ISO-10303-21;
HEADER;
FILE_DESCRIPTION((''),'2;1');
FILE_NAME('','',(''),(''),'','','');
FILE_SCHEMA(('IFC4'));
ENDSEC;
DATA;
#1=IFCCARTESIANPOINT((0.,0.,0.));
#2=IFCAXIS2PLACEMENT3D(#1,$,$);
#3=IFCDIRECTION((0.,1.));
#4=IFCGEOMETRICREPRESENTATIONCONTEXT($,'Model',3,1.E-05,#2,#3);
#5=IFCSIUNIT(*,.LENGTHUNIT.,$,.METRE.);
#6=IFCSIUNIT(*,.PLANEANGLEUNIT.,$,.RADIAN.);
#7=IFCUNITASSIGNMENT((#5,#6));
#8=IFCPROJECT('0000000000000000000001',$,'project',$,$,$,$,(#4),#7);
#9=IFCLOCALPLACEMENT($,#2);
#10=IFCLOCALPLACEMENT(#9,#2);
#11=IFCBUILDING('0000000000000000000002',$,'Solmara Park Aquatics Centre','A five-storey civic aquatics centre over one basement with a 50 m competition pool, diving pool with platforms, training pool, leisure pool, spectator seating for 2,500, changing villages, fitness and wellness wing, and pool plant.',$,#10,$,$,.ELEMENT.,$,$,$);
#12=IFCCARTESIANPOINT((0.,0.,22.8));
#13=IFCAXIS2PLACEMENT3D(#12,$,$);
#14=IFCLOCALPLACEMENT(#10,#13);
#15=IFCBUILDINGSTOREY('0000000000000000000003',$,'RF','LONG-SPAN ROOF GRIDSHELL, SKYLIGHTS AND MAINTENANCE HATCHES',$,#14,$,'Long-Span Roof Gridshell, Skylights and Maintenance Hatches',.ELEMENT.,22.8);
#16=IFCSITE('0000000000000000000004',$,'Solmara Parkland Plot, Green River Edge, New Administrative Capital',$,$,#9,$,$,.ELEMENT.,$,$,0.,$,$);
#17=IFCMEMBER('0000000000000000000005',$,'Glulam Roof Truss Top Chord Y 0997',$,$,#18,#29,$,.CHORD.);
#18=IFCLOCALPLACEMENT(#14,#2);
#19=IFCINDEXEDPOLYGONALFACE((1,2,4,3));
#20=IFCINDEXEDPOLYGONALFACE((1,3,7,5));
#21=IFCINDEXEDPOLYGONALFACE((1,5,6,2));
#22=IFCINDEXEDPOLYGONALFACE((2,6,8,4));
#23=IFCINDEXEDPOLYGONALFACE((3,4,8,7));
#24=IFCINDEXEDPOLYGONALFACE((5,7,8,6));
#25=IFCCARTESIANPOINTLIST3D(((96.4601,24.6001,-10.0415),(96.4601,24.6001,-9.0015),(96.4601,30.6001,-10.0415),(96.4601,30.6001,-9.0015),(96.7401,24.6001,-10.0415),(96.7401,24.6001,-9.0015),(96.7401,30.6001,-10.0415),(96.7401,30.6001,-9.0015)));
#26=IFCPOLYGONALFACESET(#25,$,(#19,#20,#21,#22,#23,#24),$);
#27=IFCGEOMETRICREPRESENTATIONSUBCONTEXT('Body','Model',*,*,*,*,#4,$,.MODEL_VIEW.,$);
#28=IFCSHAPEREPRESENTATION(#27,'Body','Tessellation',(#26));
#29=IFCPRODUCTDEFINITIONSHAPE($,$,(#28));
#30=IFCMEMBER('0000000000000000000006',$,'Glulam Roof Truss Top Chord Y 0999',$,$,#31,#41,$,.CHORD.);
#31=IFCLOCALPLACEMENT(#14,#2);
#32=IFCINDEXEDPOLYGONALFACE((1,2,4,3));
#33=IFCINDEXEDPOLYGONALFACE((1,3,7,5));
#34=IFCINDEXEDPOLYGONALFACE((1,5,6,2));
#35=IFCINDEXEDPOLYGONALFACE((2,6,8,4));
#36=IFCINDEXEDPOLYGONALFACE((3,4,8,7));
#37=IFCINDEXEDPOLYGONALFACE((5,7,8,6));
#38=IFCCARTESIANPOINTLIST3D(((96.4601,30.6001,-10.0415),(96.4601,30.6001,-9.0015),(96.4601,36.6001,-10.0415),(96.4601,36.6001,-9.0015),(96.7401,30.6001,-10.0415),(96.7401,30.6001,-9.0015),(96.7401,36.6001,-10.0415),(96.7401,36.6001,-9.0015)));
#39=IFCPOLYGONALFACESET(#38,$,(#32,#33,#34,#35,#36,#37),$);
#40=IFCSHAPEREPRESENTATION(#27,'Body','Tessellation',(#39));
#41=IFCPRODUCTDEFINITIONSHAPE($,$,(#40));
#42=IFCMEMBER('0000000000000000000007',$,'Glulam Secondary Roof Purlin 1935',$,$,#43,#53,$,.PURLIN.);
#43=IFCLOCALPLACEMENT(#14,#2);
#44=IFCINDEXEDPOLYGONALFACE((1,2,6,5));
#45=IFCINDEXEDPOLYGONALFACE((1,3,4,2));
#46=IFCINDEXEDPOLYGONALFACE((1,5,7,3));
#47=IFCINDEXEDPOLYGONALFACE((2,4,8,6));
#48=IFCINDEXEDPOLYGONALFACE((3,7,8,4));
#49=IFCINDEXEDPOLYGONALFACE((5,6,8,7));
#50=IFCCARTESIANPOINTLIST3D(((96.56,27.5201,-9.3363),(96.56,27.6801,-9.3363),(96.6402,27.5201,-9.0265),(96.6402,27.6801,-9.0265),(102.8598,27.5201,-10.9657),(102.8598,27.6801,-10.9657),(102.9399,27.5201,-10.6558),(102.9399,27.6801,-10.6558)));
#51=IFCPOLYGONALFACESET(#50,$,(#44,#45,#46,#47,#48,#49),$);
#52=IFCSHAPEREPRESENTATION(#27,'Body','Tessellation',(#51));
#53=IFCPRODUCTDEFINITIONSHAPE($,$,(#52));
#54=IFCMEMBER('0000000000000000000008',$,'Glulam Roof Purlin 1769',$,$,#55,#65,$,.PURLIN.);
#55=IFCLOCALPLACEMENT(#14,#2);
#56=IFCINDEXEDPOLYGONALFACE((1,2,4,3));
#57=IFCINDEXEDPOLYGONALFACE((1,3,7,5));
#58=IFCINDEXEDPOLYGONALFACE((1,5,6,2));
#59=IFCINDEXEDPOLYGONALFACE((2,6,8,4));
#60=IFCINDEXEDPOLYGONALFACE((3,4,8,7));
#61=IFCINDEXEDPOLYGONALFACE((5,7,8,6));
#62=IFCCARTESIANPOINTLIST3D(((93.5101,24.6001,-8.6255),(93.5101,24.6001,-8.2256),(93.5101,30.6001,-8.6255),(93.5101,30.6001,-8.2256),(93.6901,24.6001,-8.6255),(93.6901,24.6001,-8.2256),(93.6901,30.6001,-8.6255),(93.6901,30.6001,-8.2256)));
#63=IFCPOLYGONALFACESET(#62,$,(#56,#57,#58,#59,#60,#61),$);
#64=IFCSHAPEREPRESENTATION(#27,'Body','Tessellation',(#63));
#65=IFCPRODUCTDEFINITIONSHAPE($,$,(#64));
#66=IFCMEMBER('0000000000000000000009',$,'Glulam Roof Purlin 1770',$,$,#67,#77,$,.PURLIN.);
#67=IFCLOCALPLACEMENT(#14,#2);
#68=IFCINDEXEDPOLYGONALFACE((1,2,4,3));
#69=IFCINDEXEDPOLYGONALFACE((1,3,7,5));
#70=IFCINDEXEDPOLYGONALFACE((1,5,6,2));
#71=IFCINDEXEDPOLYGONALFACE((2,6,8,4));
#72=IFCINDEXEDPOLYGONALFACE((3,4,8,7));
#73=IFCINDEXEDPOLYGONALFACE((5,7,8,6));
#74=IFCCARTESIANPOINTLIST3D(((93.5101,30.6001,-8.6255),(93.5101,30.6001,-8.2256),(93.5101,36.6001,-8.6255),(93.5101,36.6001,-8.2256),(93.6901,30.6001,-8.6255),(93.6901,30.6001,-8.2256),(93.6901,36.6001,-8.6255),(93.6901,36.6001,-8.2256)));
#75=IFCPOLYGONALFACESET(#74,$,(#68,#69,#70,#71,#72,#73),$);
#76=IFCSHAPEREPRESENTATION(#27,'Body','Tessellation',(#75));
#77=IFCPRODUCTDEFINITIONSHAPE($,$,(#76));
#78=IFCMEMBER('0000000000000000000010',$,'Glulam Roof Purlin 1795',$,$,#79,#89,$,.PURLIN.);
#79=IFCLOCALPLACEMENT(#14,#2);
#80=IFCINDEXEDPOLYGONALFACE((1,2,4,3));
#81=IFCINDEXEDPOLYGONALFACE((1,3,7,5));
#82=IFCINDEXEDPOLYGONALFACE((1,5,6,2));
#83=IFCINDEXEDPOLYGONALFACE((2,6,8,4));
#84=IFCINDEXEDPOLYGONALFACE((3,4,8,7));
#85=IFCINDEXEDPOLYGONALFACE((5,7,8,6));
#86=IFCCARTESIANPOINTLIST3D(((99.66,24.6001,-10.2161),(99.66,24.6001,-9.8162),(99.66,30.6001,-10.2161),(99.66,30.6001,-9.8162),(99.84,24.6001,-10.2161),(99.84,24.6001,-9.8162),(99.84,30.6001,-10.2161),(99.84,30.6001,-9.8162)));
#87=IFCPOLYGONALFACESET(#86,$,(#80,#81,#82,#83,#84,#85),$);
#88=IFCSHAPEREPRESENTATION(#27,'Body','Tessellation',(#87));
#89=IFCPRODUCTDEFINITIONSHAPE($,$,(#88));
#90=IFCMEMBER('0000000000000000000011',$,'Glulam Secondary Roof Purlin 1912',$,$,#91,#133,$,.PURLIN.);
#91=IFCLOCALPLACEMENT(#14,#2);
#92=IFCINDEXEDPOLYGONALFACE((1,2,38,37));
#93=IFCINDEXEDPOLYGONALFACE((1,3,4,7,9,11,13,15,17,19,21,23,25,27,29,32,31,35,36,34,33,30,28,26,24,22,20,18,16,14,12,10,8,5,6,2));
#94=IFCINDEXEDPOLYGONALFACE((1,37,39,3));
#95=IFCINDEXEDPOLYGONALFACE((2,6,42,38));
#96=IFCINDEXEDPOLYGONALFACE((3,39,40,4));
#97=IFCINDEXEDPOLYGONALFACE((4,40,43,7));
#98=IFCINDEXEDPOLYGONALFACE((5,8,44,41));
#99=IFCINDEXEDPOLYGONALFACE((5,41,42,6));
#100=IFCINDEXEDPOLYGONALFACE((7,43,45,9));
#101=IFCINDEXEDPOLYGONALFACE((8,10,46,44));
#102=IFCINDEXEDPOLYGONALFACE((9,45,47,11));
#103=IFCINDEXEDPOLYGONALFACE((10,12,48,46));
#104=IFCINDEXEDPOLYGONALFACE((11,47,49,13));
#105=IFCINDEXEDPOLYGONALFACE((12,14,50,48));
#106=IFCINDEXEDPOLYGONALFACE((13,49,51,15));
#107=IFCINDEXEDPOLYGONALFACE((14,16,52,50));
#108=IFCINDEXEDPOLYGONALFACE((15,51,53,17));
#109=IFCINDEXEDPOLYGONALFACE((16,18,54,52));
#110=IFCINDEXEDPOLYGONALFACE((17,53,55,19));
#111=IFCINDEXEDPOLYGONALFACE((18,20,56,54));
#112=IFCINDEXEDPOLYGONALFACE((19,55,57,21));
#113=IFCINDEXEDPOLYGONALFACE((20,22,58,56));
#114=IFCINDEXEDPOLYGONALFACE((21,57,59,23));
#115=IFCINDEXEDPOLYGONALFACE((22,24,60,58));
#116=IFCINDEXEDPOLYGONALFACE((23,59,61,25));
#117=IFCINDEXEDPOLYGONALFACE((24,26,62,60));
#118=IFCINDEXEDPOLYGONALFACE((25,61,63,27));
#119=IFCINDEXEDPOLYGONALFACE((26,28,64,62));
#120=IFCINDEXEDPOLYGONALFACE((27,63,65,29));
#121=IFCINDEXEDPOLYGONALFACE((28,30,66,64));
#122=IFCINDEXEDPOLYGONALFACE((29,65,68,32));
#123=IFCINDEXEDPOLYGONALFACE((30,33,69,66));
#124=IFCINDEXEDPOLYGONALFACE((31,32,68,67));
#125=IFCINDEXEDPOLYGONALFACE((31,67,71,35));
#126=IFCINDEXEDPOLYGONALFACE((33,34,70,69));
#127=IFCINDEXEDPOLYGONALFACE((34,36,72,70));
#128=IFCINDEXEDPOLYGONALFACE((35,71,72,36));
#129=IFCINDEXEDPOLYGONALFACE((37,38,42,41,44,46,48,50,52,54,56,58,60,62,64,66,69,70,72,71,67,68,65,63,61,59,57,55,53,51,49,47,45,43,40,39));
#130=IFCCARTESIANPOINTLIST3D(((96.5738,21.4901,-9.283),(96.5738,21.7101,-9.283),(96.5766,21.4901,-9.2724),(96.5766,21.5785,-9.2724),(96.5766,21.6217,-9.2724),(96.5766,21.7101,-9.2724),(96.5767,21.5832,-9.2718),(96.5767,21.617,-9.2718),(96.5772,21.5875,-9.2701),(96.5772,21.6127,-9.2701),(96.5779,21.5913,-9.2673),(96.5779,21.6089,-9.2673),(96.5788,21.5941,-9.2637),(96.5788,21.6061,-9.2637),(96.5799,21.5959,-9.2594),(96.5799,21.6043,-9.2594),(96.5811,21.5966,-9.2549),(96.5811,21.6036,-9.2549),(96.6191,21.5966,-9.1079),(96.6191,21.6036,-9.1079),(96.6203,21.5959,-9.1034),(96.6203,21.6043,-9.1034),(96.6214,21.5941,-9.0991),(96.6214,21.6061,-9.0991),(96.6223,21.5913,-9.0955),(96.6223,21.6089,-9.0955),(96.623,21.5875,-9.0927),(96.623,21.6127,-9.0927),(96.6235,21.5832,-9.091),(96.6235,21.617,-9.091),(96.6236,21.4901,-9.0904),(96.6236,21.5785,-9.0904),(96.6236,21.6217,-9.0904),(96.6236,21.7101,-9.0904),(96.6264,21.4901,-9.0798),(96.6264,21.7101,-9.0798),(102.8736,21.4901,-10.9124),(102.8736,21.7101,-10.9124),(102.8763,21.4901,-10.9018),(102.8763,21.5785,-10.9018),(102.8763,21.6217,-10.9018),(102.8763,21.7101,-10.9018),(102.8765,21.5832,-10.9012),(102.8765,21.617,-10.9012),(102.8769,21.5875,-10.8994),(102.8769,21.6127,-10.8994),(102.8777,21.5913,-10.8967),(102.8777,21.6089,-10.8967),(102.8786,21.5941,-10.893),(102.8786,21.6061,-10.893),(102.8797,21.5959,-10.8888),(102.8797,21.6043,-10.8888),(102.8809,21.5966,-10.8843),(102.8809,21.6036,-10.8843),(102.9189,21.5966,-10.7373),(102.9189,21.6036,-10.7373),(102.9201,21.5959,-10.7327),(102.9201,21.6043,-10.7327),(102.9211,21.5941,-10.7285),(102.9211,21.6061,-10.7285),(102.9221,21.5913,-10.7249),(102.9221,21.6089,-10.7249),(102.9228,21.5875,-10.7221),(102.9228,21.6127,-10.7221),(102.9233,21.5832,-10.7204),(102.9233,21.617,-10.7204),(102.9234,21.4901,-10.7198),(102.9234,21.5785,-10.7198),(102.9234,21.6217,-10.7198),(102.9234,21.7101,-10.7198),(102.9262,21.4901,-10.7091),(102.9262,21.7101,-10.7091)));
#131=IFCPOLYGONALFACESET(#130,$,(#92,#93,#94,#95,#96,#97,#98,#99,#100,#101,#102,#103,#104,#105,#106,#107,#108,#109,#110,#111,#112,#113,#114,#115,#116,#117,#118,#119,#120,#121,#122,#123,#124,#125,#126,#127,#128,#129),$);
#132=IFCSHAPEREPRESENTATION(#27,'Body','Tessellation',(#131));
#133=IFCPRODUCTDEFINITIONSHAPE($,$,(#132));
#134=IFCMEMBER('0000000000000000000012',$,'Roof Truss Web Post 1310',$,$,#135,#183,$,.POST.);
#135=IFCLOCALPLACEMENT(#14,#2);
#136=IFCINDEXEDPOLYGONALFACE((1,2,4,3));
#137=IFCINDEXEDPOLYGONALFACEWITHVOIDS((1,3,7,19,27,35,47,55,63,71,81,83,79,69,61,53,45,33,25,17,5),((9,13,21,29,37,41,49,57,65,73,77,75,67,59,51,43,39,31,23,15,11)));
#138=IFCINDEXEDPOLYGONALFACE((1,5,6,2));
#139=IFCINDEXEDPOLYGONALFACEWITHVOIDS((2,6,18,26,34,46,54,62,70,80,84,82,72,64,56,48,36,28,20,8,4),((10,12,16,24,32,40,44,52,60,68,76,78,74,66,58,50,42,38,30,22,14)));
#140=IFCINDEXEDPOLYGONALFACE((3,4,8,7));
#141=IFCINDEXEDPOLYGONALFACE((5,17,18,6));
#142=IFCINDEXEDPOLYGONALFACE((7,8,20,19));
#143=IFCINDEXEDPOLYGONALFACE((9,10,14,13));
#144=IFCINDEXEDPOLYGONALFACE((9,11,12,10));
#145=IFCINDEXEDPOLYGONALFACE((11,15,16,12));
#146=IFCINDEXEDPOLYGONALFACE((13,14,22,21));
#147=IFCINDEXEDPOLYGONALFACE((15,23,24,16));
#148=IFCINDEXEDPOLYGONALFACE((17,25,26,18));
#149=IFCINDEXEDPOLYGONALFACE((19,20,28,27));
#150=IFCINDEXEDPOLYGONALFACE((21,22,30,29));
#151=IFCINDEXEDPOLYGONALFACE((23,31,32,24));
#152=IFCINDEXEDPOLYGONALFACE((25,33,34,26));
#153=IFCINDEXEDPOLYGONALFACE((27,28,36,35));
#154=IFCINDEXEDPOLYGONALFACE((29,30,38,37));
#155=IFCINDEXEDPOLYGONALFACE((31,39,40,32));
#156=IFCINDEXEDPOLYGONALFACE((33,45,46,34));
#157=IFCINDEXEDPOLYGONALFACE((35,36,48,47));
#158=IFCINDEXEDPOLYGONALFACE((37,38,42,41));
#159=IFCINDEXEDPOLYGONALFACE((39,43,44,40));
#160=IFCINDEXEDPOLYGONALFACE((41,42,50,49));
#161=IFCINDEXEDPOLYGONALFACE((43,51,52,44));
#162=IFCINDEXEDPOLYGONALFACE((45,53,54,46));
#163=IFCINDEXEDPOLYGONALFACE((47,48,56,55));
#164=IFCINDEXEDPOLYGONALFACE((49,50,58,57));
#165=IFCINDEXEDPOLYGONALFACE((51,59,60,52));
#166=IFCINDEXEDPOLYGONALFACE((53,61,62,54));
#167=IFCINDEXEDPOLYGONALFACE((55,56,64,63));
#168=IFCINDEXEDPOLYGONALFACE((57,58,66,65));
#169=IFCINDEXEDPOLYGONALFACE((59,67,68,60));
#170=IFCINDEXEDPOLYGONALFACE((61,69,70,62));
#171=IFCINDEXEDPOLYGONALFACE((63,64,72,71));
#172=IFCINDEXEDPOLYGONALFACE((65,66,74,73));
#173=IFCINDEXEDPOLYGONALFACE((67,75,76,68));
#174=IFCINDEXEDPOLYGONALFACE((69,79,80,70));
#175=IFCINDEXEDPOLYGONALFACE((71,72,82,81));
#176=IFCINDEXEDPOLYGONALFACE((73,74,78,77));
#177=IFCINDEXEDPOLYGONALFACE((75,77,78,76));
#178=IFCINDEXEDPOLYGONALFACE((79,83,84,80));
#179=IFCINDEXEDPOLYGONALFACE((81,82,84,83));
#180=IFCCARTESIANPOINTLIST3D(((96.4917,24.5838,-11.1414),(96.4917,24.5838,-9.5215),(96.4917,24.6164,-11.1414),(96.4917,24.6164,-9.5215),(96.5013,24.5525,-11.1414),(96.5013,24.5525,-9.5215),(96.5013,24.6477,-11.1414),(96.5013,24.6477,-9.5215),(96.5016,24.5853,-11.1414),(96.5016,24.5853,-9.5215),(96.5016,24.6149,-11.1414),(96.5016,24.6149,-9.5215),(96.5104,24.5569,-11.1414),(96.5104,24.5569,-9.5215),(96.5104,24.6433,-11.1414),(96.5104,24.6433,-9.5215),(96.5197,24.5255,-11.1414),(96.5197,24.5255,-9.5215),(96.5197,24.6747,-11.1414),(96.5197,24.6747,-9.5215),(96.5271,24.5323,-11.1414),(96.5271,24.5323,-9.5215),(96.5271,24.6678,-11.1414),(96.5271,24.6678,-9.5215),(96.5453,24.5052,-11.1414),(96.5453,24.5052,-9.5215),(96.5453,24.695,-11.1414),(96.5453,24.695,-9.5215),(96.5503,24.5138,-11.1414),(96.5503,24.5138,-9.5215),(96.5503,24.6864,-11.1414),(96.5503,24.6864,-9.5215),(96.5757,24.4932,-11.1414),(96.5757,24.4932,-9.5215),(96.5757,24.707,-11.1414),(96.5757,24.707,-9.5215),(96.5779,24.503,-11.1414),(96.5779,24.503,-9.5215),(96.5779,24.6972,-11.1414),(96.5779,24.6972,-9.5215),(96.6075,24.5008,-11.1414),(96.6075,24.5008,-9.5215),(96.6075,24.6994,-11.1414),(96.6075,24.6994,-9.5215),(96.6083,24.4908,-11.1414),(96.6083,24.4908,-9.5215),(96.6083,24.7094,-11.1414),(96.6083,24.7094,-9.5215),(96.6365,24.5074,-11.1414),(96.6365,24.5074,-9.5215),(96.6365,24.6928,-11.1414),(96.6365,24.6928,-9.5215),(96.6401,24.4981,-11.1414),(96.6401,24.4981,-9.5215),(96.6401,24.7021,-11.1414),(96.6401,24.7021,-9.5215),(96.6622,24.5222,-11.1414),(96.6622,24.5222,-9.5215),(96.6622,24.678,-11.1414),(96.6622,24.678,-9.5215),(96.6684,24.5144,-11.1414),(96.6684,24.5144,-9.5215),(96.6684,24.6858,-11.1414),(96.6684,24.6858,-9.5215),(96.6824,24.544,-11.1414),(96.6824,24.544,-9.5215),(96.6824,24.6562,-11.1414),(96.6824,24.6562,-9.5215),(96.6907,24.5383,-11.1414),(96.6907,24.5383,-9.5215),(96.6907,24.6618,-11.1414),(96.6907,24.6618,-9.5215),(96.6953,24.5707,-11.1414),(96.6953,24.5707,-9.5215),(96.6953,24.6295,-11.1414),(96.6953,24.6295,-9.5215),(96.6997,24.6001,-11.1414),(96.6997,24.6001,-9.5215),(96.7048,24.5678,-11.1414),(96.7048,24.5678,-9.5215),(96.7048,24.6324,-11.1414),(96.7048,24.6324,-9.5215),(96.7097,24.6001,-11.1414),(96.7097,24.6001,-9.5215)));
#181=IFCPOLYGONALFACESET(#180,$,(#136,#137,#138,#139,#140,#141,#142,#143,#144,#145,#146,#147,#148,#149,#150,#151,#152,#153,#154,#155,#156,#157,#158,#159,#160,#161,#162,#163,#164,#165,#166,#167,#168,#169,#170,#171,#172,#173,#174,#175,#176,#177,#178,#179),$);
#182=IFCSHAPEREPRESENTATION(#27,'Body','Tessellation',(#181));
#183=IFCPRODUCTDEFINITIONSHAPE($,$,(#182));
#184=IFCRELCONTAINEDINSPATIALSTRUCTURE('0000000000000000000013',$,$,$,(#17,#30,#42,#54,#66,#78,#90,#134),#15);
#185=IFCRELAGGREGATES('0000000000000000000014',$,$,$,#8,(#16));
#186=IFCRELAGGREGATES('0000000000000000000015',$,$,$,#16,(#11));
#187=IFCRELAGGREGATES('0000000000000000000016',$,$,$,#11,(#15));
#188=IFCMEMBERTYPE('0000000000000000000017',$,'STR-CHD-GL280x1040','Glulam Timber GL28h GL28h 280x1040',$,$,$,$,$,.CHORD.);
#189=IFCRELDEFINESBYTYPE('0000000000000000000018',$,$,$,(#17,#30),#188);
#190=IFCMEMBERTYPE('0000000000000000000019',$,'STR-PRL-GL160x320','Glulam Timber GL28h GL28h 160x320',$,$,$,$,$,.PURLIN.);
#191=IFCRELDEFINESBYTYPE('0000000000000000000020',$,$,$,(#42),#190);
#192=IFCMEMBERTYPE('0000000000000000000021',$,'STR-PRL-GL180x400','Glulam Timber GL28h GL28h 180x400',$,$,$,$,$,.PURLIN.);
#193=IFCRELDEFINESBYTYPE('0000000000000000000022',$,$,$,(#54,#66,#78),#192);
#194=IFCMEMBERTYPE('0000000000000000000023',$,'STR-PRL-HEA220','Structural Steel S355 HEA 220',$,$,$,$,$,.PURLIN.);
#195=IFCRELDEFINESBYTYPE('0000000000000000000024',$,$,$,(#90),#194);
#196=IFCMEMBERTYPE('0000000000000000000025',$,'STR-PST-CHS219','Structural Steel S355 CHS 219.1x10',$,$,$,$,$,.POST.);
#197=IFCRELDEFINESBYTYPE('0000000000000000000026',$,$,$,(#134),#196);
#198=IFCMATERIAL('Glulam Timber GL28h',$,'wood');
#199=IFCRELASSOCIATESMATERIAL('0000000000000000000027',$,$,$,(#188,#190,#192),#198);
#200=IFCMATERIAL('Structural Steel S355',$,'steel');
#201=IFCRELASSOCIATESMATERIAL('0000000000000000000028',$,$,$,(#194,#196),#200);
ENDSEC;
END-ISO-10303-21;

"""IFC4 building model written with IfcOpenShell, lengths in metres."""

from ifc_helpers import new_model, si_unit, direction, frame, origin, origin_2d, place, context, subcontext, project, spatial, rectangle, hollow_circle, i_section, extrude, material, material_profile, profile_set, type_object, element, save


model = new_model("IFC4")

# Units and contexts
model_context = context("Model", 3, precision=1e-05, world=origin(), true_north=direction((0.0, 1.0)))
body_context = subcontext(model_context, "Body", "Model", "MODEL_VIEW")
ifc_project = project(units=[si_unit("LENGTHUNIT", "METRE"), si_unit("PLANEANGLEUNIT", "RADIAN")], contexts=[model_context])

# Site, building, storey
site_placement = place(None, origin())
site = spatial("IfcSite", under=ifc_project, at=site_placement, Name="Solmara Parkland Plot, Green River Edge, New Administrative Capital", CompositionType="ELEMENT", RefElevation=0.0)
building_placement = place(site_placement, origin())
building = spatial("IfcBuilding", under=site, at=building_placement, Name="Solmara Park Aquatics Centre", Description="A five-storey civic aquatics centre over one basement with a 50 m competition pool, diving pool with platforms, training pool, leisure pool, spectator seating for 2,500, changing villages, fitness and wellness wing, and pool plant.", CompositionType="ELEMENT")
storey_placement = place(building_placement, frame((0.0, 0.0, 22.8)))
storey = spatial("IfcBuildingStorey", under=building, at=storey_placement, Name="RF", Description="LONG-SPAN ROOF GRIDSHELL, SKYLIGHTS AND MAINTENANCE HATCHES", LongName="Long-Span Roof Gridshell, Skylights and Maintenance Hatches", CompositionType="ELEMENT", Elevation=22.8)

# Members
ifc_material_1 = material(Name="Structural Steel S355", Category="steel")
ifc_material_2 = material(Name="Glulam Timber GL28h", Category="wood")
ifc_material_profile_1 = material_profile(ifc_material_2, rectangle(XDim=0.28, YDim=1.04, at=origin_2d()), Name="GL28h 280x1040")
ifc_profile_set_1 = profile_set([ifc_material_profile_1], Name="Glulam Timber GL28h")
member_type_1 = type_object("IfcMemberType", Name="STR-CHD-GL280x1040", Description="Glulam Timber GL28h GL28h 280x1040", PredefinedType="CHORD", material=ifc_profile_set_1)
for number, where, z_axis, x_axis, name in (
    (1, (96.6001, 24.6001, -9.5215), (0.0, 1.0, 0.0), (-1.0, 0.0, 0.0), "Glulam Roof Truss Top Chord Y 0997"),
    (2, (96.6001, 30.6001, -9.5215), (0.0, 1.0, 0.0), (-1.0, 0.0, 0.0), "Glulam Roof Truss Top Chord Y 0999"),
):
    element("IfcMember", number, at=place(storey_placement, frame(where, z_axis=z_axis, x_axis=x_axis)), inside=storey, type_object=member_type_1, Name=name, PredefinedType="CHORD", context=body_context, shape_type="SweptSolid", body=[
        extrude(rectangle(XDim=0.28, YDim=1.04, at=origin_2d()), origin(), (0.0, 0.0, 1.0), 6.0),
    ])
ifc_material_profile_2 = material_profile(ifc_material_2, rectangle(XDim=0.1599, YDim=0.3201, at=origin_2d()), Name="GL28h 160x320")
ifc_profile_set_2 = profile_set([ifc_material_profile_2], Name="Glulam Timber GL28h")
member_type_2 = type_object("IfcMemberType", Name="STR-PRL-GL160x320", Description="Glulam Timber GL28h GL28h 160x320", PredefinedType="PURLIN", material=ifc_profile_set_2)
member_1_placement = place(storey_placement, frame((96.6001, 27.6001, -9.1814), z_axis=(0.968142, 0.0, -0.250402), x_axis=(0.0, 1.0, 0.0)))
element("IfcMember", 3, at=member_1_placement, inside=storey, type_object=member_type_2, Name="Glulam Secondary Roof Purlin 1935", PredefinedType="PURLIN", context=body_context, shape_type="SweptSolid", body=[
    extrude(rectangle(XDim=0.1599, YDim=0.3201, at=origin_2d()), origin(), (0.0, 0.0, 1.0), 6.5071),
])
ifc_material_profile_3 = material_profile(ifc_material_2, rectangle(XDim=0.1799, YDim=0.3999, at=origin_2d()), Name="GL28h 180x400")
ifc_profile_set_3 = profile_set([ifc_material_profile_3], Name="Glulam Timber GL28h")
member_type_3 = type_object("IfcMemberType", Name="STR-PRL-GL180x400", Description="Glulam Timber GL28h GL28h 180x400", PredefinedType="PURLIN", material=ifc_profile_set_3)
for number, where, z_axis, x_axis, name in (
    (4, (93.6001, 24.6001, -8.4255), (0.0, 1.0, 0.0), (-1.0, 0.0, 0.0), "Glulam Roof Purlin 1769"),
    (5, (93.6001, 30.6001, -8.4255), (0.0, 1.0, 0.0), (-1.0, 0.0, 0.0), "Glulam Roof Purlin 1770"),
    (6, (99.75, 24.6001, -10.0161), (0.0, 1.0, 0.0), (-1.0, 0.0, 0.0), "Glulam Roof Purlin 1795"),
):
    element("IfcMember", number, at=place(storey_placement, frame(where, z_axis=z_axis, x_axis=x_axis)), inside=storey, type_object=member_type_3, Name=name, PredefinedType="PURLIN", context=body_context, shape_type="SweptSolid", body=[
        extrude(rectangle(XDim=0.1799, YDim=0.3999, at=origin_2d()), origin(), (0.0, 0.0, 1.0), 6.0),
    ])
ifc_material_profile_4 = material_profile(ifc_material_1, i_section(OverallWidth=0.22, OverallDepth=0.21, WebThickness=0.0071, FlangeThickness=0.011, FilletRadius=0.0181, at=origin_2d()), Name="HEA 220")
ifc_profile_set_4 = profile_set([ifc_material_profile_4], Name="Structural Steel S355")
member_type_4 = type_object("IfcMemberType", Name="STR-PRL-HEA220", Description="Structural Steel S355 HEA 220", PredefinedType="PURLIN", material=ifc_profile_set_4)
member_2_placement = place(storey_placement, frame((96.6001, 21.6001, -9.1814), z_axis=(0.968142, 0.0, -0.250402), x_axis=(0.0, 1.0, 0.0)))
element("IfcMember", 7, at=member_2_placement, inside=storey, type_object=member_type_4, Name="Glulam Secondary Roof Purlin 1912", PredefinedType="PURLIN", context=body_context, shape_type="SweptSolid", body=[
    extrude(i_section(OverallWidth=0.22, OverallDepth=0.21, WebThickness=0.0071, FlangeThickness=0.011, FilletRadius=0.0181, at=origin_2d()), origin(), (0.0, 0.0, 1.0), 6.5071),
])
ifc_material_profile_5 = material_profile(ifc_material_1, hollow_circle(Radius=0.1096, WallThickness=0.01, at=origin_2d()), Name="CHS 219.1x10")
ifc_profile_set_5 = profile_set([ifc_material_profile_5], Name="Structural Steel S355")
member_type_5 = type_object("IfcMemberType", Name="STR-PST-CHS219", Description="Structural Steel S355 CHS 219.1x10", PredefinedType="POST", material=ifc_profile_set_5)
for number, where, z_axis, x_axis, name in (
    (8, (96.6001, 24.6001, -11.1414), (0.0, 0.0, 1.0), (1.0, 0.0, 0.0), "Roof Truss Web Post 1310"),
):
    element("IfcMember", number, at=place(storey_placement, frame(where, z_axis=z_axis, x_axis=x_axis)), inside=storey, type_object=member_type_5, Name=name, PredefinedType="POST", context=body_context, shape_type="SweptSolid", body=[
        extrude(hollow_circle(Radius=0.1096, WallThickness=0.01, at=origin_2d()), origin(), (0.0, 0.0, 1.0), 1.6199),
    ])

save(model, "model.ifc")
